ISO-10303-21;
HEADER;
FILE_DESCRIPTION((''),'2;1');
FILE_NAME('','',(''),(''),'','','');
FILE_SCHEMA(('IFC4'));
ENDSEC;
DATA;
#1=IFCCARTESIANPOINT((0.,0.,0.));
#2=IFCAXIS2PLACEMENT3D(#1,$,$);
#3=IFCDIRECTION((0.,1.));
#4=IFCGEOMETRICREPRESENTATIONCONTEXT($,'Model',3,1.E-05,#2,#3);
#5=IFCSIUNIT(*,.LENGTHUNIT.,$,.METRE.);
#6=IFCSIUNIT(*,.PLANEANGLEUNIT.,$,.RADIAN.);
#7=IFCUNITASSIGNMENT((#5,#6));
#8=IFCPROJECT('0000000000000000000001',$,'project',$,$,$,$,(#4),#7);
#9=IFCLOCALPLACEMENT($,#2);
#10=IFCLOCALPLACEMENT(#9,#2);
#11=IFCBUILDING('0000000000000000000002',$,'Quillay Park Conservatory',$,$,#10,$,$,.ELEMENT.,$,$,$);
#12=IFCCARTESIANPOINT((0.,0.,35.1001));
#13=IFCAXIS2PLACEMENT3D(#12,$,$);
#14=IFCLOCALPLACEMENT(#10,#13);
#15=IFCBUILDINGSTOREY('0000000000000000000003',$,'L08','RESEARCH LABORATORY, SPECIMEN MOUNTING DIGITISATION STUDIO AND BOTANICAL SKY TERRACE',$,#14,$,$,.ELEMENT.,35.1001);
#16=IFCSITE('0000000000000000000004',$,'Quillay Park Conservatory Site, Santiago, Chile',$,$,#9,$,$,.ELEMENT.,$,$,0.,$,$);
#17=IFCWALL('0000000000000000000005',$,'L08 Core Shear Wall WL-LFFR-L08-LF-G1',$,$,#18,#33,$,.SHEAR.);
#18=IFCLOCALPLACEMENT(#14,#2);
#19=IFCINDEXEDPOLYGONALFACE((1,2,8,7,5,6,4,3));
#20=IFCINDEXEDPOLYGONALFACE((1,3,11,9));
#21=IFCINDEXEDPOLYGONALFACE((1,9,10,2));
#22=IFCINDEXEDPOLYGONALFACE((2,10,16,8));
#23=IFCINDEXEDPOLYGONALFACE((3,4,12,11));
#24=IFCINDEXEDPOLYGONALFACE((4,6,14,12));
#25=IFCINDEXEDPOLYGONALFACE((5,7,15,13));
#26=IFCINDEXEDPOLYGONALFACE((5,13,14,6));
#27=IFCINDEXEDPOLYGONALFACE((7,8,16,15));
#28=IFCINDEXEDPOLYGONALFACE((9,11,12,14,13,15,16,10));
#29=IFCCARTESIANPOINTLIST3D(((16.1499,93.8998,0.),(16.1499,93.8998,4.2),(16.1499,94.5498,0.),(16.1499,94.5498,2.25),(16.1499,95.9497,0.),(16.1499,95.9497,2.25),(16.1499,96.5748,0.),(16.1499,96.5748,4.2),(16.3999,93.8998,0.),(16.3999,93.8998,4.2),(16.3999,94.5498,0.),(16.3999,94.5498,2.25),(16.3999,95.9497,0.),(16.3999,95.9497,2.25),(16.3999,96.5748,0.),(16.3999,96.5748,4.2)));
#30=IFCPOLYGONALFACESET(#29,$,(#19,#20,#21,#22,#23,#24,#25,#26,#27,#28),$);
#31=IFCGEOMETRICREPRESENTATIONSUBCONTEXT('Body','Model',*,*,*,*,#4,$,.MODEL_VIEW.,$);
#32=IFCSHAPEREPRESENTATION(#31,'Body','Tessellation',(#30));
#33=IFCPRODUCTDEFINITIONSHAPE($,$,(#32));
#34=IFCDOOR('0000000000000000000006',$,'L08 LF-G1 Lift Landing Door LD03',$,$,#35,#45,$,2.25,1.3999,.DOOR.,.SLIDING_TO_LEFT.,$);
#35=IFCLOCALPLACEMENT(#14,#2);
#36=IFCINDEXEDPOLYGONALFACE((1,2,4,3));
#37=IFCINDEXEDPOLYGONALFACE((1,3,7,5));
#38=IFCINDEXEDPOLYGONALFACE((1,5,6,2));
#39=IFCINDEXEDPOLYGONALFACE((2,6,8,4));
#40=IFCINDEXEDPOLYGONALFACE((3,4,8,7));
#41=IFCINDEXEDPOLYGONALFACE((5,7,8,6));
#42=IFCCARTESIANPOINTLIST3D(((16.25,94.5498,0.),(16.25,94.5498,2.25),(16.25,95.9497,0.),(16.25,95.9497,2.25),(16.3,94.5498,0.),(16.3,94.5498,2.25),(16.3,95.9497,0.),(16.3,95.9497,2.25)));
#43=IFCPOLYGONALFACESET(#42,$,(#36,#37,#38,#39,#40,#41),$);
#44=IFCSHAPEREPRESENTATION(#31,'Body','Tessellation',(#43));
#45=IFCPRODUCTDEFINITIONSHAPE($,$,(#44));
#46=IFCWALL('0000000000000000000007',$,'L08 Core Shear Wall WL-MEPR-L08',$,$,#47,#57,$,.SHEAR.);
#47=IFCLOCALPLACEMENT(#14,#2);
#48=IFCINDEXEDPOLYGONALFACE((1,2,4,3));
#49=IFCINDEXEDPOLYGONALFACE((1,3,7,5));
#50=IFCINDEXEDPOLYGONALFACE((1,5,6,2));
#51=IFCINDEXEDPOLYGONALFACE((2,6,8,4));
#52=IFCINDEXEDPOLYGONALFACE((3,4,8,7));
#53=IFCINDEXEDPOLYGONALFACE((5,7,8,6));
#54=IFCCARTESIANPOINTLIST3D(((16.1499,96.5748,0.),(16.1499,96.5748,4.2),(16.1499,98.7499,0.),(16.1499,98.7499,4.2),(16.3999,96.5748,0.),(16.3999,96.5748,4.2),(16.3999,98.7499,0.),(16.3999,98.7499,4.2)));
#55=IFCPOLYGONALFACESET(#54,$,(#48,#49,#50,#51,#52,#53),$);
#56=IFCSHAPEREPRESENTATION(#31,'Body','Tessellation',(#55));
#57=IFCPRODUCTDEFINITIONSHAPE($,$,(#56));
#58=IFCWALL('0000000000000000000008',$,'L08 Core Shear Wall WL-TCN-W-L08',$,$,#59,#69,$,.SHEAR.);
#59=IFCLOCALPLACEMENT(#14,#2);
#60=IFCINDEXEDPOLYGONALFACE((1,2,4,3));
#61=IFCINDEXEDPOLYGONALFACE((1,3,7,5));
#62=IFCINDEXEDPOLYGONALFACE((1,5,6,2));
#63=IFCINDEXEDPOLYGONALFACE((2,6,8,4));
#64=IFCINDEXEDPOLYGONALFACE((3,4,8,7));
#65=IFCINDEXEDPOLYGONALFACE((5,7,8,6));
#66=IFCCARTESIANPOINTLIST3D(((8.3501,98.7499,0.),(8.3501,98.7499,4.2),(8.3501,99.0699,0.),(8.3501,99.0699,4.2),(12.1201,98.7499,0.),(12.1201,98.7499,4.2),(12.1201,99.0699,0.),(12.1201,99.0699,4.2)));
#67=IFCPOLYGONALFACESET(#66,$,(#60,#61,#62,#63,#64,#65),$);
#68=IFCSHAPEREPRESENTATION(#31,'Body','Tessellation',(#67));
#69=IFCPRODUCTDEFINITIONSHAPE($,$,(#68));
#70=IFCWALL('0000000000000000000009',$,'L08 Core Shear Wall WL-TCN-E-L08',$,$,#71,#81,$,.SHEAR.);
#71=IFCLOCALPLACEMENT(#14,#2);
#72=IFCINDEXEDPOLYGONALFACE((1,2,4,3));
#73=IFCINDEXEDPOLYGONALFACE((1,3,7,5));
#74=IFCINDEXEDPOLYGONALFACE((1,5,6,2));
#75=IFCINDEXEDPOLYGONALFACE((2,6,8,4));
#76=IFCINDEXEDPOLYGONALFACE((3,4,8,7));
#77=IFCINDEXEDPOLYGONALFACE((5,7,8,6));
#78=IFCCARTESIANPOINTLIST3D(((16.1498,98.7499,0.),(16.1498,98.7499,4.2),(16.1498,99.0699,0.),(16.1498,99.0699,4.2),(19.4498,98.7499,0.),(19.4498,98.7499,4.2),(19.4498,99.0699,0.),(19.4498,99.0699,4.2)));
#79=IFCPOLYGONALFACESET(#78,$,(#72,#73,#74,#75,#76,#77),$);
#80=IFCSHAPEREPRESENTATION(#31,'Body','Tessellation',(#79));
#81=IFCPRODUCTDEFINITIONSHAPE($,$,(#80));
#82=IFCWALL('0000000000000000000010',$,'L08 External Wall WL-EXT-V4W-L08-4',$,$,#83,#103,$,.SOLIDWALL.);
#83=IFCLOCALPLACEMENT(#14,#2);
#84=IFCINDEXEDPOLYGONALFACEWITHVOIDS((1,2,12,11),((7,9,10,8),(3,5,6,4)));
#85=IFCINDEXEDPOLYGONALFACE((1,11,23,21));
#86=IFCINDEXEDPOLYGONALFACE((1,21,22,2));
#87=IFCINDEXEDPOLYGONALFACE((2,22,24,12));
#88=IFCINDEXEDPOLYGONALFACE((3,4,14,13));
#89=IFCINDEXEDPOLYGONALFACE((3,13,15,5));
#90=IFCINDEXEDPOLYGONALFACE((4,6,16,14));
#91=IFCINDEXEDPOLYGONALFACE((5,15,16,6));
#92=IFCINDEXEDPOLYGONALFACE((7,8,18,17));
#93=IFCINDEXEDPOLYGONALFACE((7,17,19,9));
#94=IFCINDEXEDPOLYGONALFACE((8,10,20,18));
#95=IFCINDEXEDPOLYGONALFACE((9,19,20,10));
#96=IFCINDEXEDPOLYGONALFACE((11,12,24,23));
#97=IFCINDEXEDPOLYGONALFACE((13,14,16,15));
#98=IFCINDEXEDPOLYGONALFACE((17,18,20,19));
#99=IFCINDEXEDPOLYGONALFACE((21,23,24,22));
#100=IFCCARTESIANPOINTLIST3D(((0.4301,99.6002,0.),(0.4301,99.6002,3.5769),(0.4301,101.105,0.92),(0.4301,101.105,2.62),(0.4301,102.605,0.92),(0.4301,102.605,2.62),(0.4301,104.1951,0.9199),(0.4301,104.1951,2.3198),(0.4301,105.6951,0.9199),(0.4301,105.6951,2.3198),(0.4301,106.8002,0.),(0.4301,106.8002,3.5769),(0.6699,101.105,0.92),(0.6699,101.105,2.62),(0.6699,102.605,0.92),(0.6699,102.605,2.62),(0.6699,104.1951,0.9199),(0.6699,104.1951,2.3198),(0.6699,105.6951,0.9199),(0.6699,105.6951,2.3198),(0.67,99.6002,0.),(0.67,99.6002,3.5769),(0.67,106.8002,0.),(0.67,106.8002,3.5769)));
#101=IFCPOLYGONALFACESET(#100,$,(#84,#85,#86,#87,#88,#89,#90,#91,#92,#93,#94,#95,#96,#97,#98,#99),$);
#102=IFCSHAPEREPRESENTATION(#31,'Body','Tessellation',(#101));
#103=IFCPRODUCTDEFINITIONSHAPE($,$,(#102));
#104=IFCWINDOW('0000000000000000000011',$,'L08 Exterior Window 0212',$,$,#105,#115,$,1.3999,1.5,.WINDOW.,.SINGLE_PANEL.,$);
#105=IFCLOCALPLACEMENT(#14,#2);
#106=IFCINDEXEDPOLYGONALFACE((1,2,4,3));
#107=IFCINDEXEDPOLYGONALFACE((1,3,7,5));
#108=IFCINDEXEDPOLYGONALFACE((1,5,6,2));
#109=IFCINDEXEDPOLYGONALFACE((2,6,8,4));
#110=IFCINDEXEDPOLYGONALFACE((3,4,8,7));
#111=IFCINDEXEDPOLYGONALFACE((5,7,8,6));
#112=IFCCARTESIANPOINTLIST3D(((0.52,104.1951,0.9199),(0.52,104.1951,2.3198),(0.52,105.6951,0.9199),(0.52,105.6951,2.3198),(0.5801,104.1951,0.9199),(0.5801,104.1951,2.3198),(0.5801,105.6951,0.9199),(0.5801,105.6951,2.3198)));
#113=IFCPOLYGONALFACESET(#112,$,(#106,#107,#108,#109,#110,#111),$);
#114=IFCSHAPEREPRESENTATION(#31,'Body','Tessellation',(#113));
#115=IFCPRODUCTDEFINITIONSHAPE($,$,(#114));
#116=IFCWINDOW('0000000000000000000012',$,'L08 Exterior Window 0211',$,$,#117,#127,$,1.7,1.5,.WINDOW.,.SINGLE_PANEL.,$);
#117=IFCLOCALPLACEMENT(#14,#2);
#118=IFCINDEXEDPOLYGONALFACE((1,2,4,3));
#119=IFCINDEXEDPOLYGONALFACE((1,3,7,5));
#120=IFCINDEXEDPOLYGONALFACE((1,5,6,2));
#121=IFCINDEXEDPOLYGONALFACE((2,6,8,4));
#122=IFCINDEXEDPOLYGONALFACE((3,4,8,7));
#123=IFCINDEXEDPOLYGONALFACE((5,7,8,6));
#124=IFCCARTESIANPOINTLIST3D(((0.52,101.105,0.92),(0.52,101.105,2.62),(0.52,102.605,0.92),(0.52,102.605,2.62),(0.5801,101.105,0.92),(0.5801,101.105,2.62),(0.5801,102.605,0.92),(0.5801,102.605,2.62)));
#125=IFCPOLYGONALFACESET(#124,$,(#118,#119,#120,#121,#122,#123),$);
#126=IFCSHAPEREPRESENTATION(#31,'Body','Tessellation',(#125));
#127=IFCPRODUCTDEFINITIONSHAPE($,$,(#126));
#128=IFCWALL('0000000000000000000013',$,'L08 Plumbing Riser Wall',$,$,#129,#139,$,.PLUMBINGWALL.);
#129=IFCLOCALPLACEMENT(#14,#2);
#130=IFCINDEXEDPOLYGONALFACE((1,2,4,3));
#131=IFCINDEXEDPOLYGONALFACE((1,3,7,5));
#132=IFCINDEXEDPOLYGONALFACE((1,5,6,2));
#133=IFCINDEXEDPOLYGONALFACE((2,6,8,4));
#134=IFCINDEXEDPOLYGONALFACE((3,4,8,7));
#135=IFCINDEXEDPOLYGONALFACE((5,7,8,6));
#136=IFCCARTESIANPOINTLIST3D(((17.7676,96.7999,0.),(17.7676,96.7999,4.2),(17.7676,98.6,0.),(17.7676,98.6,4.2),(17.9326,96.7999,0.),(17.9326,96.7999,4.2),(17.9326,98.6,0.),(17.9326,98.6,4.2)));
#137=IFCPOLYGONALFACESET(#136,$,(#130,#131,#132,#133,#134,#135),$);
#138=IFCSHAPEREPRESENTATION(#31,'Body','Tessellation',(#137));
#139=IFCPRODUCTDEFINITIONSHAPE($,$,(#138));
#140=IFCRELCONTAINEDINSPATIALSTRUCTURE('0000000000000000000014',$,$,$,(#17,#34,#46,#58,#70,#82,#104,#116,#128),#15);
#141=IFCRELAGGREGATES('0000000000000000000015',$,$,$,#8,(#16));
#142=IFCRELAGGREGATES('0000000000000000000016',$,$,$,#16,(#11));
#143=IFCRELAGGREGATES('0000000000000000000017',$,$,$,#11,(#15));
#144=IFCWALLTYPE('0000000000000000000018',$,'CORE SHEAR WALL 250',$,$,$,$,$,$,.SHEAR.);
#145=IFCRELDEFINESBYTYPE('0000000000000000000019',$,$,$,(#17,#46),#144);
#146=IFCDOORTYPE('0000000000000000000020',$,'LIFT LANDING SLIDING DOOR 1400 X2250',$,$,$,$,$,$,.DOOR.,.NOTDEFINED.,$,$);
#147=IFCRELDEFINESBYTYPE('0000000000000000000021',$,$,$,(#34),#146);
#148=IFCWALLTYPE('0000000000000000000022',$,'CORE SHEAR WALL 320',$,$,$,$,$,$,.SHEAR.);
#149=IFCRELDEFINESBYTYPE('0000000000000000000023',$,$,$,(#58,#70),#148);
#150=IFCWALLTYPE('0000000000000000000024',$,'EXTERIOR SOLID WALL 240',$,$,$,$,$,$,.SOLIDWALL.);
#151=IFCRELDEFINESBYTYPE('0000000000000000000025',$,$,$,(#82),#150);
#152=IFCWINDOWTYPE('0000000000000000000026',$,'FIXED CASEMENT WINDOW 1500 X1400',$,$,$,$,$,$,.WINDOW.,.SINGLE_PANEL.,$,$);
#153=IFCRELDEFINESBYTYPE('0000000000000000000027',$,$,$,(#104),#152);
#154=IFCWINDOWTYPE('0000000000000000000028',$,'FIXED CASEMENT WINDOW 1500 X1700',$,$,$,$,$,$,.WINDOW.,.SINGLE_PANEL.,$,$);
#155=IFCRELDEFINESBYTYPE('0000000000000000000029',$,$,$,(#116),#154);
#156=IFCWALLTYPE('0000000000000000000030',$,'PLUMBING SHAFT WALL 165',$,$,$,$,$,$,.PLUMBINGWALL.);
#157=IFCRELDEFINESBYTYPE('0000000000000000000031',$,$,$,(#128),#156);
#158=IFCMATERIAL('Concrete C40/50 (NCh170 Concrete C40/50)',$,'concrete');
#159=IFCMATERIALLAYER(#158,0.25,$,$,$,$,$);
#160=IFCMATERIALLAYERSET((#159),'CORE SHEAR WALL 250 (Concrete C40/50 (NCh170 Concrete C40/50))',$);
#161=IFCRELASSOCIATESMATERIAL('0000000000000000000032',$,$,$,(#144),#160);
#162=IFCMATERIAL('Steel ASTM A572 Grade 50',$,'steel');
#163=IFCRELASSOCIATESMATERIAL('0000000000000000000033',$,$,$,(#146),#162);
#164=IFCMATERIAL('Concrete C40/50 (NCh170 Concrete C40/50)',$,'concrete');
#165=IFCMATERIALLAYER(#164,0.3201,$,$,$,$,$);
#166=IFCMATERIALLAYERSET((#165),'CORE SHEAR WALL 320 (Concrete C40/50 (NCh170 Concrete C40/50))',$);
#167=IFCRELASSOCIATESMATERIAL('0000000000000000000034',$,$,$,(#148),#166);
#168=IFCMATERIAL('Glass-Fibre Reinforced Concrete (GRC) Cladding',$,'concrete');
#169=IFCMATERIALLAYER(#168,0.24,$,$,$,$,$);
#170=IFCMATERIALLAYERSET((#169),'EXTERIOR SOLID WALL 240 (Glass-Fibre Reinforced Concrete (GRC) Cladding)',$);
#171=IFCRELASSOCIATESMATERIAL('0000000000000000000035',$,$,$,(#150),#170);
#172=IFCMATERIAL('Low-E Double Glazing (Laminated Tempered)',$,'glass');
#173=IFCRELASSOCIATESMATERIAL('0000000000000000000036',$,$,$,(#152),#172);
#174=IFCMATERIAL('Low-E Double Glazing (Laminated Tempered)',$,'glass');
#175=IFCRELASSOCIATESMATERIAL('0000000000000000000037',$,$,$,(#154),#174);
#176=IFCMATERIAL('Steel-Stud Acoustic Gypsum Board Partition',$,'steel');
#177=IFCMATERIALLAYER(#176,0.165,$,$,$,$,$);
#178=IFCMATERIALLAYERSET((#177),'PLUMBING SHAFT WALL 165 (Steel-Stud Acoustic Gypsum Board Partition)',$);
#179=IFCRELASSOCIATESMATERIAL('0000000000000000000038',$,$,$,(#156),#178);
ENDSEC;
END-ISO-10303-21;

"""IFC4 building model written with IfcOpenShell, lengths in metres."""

from ifc_helpers import new_model, si_unit, direction, frame, frame_2d, origin, place, context, subcontext, project, spatial, rectangle, extrude, material, layer, layer_set, type_object, element, fill, save


model = new_model("IFC4")

# Units and contexts
model_context = context("Model", 3, precision=1e-05, world=origin(), true_north=direction((0.0, 1.0)))
body_context = subcontext(model_context, "Body", "Model", "MODEL_VIEW")
ifc_project = project(units=[si_unit("LENGTHUNIT", "METRE"), si_unit("PLANEANGLEUNIT", "RADIAN")], contexts=[model_context])

# Site, building, storey
site_placement = place(None, origin())
site = spatial("IfcSite", under=ifc_project, at=site_placement, Name="Quillay Park Conservatory Site, Santiago, Chile", CompositionType="ELEMENT", RefElevation=0.0)
building_placement = place(site_placement, origin())
building = spatial("IfcBuilding", under=site, at=building_placement, Name="Quillay Park Conservatory", CompositionType="ELEMENT")
storey_placement = place(building_placement, frame((0.0, 0.0, 35.1001)))
storey = spatial("IfcBuildingStorey", under=building, at=storey_placement, Name="L08", Description="RESEARCH LABORATORY, SPECIMEN MOUNTING DIGITISATION STUDIO AND BOTANICAL SKY TERRACE", CompositionType="ELEMENT", Elevation=35.1001)

# Wall, opening, door
ifc_material_1 = material(Name="Concrete C40/50 (NCh170 Concrete C40/50)", Category="concrete")
ifc_layer_1 = layer(ifc_material_1, 0.25)
ifc_layer_set_1 = layer_set([ifc_layer_1], Name="CORE SHEAR WALL 250 (Concrete C40/50 (NCh170 Concrete C40/50))")
wall_type_1 = type_object("IfcWallType", Name="CORE SHEAR WALL 250", PredefinedType="SHEAR", material=ifc_layer_set_1)
wall_1_placement = place(storey_placement, frame((16.2749, 93.8999, 0.0), z_axis=(0.0, 0.0, 1.0), x_axis=(0.0, 1.0, 0.0)))
wall_1 = element("IfcWall", 1, at=wall_1_placement, inside=storey, type_object=wall_type_1, Name="L08 Core Shear Wall WL-LFFR-L08-LF-G1", PredefinedType="SHEAR", context=body_context, shape_type="SweptSolid", body=[
    extrude(rectangle(XDim=2.675, YDim=0.25, at=frame_2d((1.3374, 0.0))), origin(), (0.0, 0.0, 1.0), 4.2),
])
opening_1_placement = place(wall_1_placement, frame((0.6499, 0.0, 0.0)))
opening_1 = element("IfcOpeningElement", 2, at=opening_1_placement, cuts=wall_1, PredefinedType="OPENING", context=body_context, shape_type="SweptSolid", body=[
    extrude(rectangle(XDim=1.3999, YDim=2.25, at=frame_2d((0.7, 1.125))), frame((0.0, 0.125, 0.0), z_axis=(0.0, -1.0, 0.0), x_axis=(1.0, 0.0, 0.0)), (0.0, 0.0, 1.0), 0.25),
])
ifc_material_2 = material(Name="Steel ASTM A572 Grade 50", Category="steel")
door_type_1 = type_object("IfcDoorType", Name="LIFT LANDING SLIDING DOOR 1400 X2250", OperationType="NOTDEFINED", PredefinedType="DOOR", material=ifc_material_2)
door_1_placement = place(opening_1_placement, origin())
door_1 = element("IfcDoor", 3, at=door_1_placement, inside=storey, type_object=door_type_1, Name="L08 LF-G1 Lift Landing Door LD03", OperationType="SLIDING_TO_LEFT", OverallHeight=2.25, OverallWidth=1.3999, PredefinedType="DOOR", context=body_context, shape_type="SweptSolid", body=[
    extrude(rectangle(XDim=1.3999, YDim=2.25, at=frame_2d((0.7, 1.125))), frame((0.0, 0.0249, 0.0), z_axis=(0.0, -1.0, 0.0), x_axis=(1.0, 0.0, 0.0)), (0.0, 0.0, 1.0), 0.05),
])
fill(opening_1, door_1)

# Walls
wall_2_placement = place(storey_placement, frame((16.2749, 96.575, 0.0), z_axis=(0.0, 0.0, 1.0), x_axis=(0.0, 1.0, 0.0)))
element("IfcWall", 4, at=wall_2_placement, inside=storey, type_object=wall_type_1, Name="L08 Core Shear Wall WL-MEPR-L08", PredefinedType="SHEAR", context=body_context, shape_type="SweptSolid", body=[
    extrude(rectangle(XDim=2.175, YDim=0.25, at=frame_2d((1.0874, 0.0))), origin(), (0.0, 0.0, 1.0), 4.2),
])
ifc_material_3 = material(Name="Concrete C40/50 (NCh170 Concrete C40/50)", Category="concrete")
ifc_layer_2 = layer(ifc_material_3, 0.3201)
ifc_layer_set_2 = layer_set([ifc_layer_2], Name="CORE SHEAR WALL 320 (Concrete C40/50 (NCh170 Concrete C40/50))")
wall_type_2 = type_object("IfcWallType", Name="CORE SHEAR WALL 320", PredefinedType="SHEAR", material=ifc_layer_set_2)
wall_3_placement = place(storey_placement, frame((8.3501, 98.9099, 0.0), z_axis=(0.0, 0.0, 1.0), x_axis=(1.0, 0.0, 0.0)))
element("IfcWall", 5, at=wall_3_placement, inside=storey, type_object=wall_type_2, Name="L08 Core Shear Wall WL-TCN-W-L08", PredefinedType="SHEAR", context=body_context, shape_type="SweptSolid", body=[
    extrude(rectangle(XDim=3.77, YDim=0.3201, at=frame_2d((1.885, 0.0))), origin(), (0.0, 0.0, 1.0), 4.2),
])
wall_4_placement = place(storey_placement, frame((16.1499, 98.9099, 0.0), z_axis=(0.0, 0.0, 1.0), x_axis=(1.0, 0.0, 0.0)))
element("IfcWall", 6, at=wall_4_placement, inside=storey, type_object=wall_type_2, Name="L08 Core Shear Wall WL-TCN-E-L08", PredefinedType="SHEAR", context=body_context, shape_type="SweptSolid", body=[
    extrude(rectangle(XDim=3.3, YDim=0.3201, at=frame_2d((1.6499, 0.0))), origin(), (0.0, 0.0, 1.0), 4.2),
])

# Wall, openings, windows
ifc_material_4 = material(Name="Glass-Fibre Reinforced Concrete (GRC) Cladding", Category="concrete")
ifc_layer_3 = layer(ifc_material_4, 0.24)
ifc_layer_set_3 = layer_set([ifc_layer_3], Name="EXTERIOR SOLID WALL 240 (Glass-Fibre Reinforced Concrete (GRC) Cladding)")
wall_type_3 = type_object("IfcWallType", Name="EXTERIOR SOLID WALL 240", PredefinedType="SOLIDWALL", material=ifc_layer_set_3)
wall_5_placement = place(storey_placement, frame((0.55, 99.6001, 0.0), z_axis=(0.0, 0.0, 1.0), x_axis=(0.0, 1.0, 0.0)))
wall_5 = element("IfcWall", 7, at=wall_5_placement, inside=storey, type_object=wall_type_3, Name="L08 External Wall WL-EXT-V4W-L08-4", PredefinedType="SOLIDWALL", context=body_context, shape_type="SweptSolid", body=[
    extrude(rectangle(XDim=7.2, YDim=0.24, at=frame_2d((3.6001, 0.0))), origin(), (0.0, 0.0, 1.0), 3.5769),
])
opening_2_placement = place(wall_5_placement, frame((1.5049, 0.0, 0.9199)))
opening_2 = element("IfcOpeningElement", 8, at=opening_2_placement, cuts=wall_5, PredefinedType="OPENING", context=body_context, shape_type="SweptSolid", body=[
    extrude(rectangle(XDim=1.5, YDim=1.7, at=frame_2d((0.75, 0.8501))), frame((0.0, 0.1201, 0.0), z_axis=(0.0, -1.0, 0.0), x_axis=(1.0, 0.0, 0.0)), (0.0, 0.0, 1.0), 0.24),
])
opening_3_placement = place(wall_5_placement, frame((4.595, 0.0, 0.9199)))
opening_3 = element("IfcOpeningElement", 9, at=opening_3_placement, cuts=wall_5, PredefinedType="OPENING", context=body_context, shape_type="SweptSolid", body=[
    extrude(rectangle(XDim=1.5, YDim=1.3999, at=frame_2d((0.75, 0.7))), frame((0.0, 0.1201, 0.0), z_axis=(0.0, -1.0, 0.0), x_axis=(1.0, 0.0, 0.0)), (0.0, 0.0, 1.0), 0.24),
])
ifc_material_5 = material(Name="Low-E Double Glazing (Laminated Tempered)", Category="glass")
window_type_1 = type_object("IfcWindowType", Name="FIXED CASEMENT WINDOW 1500 X1400", PartitioningType="SINGLE_PANEL", PredefinedType="WINDOW", material=ifc_material_5)
window_1_placement = place(opening_3_placement, origin())
window_1 = element("IfcWindow", 10, at=window_1_placement, inside=storey, type_object=window_type_1, Name="L08 Exterior Window 0212", OverallHeight=1.3999, OverallWidth=1.5, PartitioningType="SINGLE_PANEL", PredefinedType="WINDOW", context=body_context, shape_type="SweptSolid", body=[
    extrude(rectangle(XDim=1.5, YDim=1.3999, at=frame_2d((0.75, 0.7))), frame((0.0, 0.03, 0.0), z_axis=(0.0, -1.0, 0.0), x_axis=(1.0, 0.0, 0.0)), (0.0, 0.0, 1.0), 0.0601),
])
fill(opening_3, window_1)
ifc_material_6 = material(Name="Low-E Double Glazing (Laminated Tempered)", Category="glass")
window_type_2 = type_object("IfcWindowType", Name="FIXED CASEMENT WINDOW 1500 X1700", PartitioningType="SINGLE_PANEL", PredefinedType="WINDOW", material=ifc_material_6)
window_2_placement = place(opening_2_placement, origin())
window_2 = element("IfcWindow", 11, at=window_2_placement, inside=storey, type_object=window_type_2, Name="L08 Exterior Window 0211", OverallHeight=1.7, OverallWidth=1.5, PartitioningType="SINGLE_PANEL", PredefinedType="WINDOW", context=body_context, shape_type="SweptSolid", body=[
    extrude(rectangle(XDim=1.5, YDim=1.7, at=frame_2d((0.75, 0.8501))), frame((0.0, 0.03, 0.0), z_axis=(0.0, -1.0, 0.0), x_axis=(1.0, 0.0, 0.0)), (0.0, 0.0, 1.0), 0.0601),
])
fill(opening_2, window_2)

# Wall
ifc_material_7 = material(Name="Steel-Stud Acoustic Gypsum Board Partition", Category="steel")
ifc_layer_4 = layer(ifc_material_7, 0.165)
ifc_layer_set_4 = layer_set([ifc_layer_4], Name="PLUMBING SHAFT WALL 165 (Steel-Stud Acoustic Gypsum Board Partition)")
wall_type_4 = type_object("IfcWallType", Name="PLUMBING SHAFT WALL 165", PredefinedType="PLUMBINGWALL", material=ifc_layer_set_4)
wall_6_placement = place(storey_placement, frame((17.8501, 96.8, 0.0), z_axis=(0.0, 0.0, 1.0), x_axis=(0.0, 1.0, 0.0)))
element("IfcWall", 12, at=wall_6_placement, inside=storey, type_object=wall_type_4, Name="L08 Plumbing Riser Wall", PredefinedType="PLUMBINGWALL", context=body_context, shape_type="SweptSolid", body=[
    extrude(rectangle(XDim=1.8, YDim=0.165, at=frame_2d((0.8999, 0.0))), origin(), (0.0, 0.0, 1.0), 4.2),
])

save(model, "model.ifc")
